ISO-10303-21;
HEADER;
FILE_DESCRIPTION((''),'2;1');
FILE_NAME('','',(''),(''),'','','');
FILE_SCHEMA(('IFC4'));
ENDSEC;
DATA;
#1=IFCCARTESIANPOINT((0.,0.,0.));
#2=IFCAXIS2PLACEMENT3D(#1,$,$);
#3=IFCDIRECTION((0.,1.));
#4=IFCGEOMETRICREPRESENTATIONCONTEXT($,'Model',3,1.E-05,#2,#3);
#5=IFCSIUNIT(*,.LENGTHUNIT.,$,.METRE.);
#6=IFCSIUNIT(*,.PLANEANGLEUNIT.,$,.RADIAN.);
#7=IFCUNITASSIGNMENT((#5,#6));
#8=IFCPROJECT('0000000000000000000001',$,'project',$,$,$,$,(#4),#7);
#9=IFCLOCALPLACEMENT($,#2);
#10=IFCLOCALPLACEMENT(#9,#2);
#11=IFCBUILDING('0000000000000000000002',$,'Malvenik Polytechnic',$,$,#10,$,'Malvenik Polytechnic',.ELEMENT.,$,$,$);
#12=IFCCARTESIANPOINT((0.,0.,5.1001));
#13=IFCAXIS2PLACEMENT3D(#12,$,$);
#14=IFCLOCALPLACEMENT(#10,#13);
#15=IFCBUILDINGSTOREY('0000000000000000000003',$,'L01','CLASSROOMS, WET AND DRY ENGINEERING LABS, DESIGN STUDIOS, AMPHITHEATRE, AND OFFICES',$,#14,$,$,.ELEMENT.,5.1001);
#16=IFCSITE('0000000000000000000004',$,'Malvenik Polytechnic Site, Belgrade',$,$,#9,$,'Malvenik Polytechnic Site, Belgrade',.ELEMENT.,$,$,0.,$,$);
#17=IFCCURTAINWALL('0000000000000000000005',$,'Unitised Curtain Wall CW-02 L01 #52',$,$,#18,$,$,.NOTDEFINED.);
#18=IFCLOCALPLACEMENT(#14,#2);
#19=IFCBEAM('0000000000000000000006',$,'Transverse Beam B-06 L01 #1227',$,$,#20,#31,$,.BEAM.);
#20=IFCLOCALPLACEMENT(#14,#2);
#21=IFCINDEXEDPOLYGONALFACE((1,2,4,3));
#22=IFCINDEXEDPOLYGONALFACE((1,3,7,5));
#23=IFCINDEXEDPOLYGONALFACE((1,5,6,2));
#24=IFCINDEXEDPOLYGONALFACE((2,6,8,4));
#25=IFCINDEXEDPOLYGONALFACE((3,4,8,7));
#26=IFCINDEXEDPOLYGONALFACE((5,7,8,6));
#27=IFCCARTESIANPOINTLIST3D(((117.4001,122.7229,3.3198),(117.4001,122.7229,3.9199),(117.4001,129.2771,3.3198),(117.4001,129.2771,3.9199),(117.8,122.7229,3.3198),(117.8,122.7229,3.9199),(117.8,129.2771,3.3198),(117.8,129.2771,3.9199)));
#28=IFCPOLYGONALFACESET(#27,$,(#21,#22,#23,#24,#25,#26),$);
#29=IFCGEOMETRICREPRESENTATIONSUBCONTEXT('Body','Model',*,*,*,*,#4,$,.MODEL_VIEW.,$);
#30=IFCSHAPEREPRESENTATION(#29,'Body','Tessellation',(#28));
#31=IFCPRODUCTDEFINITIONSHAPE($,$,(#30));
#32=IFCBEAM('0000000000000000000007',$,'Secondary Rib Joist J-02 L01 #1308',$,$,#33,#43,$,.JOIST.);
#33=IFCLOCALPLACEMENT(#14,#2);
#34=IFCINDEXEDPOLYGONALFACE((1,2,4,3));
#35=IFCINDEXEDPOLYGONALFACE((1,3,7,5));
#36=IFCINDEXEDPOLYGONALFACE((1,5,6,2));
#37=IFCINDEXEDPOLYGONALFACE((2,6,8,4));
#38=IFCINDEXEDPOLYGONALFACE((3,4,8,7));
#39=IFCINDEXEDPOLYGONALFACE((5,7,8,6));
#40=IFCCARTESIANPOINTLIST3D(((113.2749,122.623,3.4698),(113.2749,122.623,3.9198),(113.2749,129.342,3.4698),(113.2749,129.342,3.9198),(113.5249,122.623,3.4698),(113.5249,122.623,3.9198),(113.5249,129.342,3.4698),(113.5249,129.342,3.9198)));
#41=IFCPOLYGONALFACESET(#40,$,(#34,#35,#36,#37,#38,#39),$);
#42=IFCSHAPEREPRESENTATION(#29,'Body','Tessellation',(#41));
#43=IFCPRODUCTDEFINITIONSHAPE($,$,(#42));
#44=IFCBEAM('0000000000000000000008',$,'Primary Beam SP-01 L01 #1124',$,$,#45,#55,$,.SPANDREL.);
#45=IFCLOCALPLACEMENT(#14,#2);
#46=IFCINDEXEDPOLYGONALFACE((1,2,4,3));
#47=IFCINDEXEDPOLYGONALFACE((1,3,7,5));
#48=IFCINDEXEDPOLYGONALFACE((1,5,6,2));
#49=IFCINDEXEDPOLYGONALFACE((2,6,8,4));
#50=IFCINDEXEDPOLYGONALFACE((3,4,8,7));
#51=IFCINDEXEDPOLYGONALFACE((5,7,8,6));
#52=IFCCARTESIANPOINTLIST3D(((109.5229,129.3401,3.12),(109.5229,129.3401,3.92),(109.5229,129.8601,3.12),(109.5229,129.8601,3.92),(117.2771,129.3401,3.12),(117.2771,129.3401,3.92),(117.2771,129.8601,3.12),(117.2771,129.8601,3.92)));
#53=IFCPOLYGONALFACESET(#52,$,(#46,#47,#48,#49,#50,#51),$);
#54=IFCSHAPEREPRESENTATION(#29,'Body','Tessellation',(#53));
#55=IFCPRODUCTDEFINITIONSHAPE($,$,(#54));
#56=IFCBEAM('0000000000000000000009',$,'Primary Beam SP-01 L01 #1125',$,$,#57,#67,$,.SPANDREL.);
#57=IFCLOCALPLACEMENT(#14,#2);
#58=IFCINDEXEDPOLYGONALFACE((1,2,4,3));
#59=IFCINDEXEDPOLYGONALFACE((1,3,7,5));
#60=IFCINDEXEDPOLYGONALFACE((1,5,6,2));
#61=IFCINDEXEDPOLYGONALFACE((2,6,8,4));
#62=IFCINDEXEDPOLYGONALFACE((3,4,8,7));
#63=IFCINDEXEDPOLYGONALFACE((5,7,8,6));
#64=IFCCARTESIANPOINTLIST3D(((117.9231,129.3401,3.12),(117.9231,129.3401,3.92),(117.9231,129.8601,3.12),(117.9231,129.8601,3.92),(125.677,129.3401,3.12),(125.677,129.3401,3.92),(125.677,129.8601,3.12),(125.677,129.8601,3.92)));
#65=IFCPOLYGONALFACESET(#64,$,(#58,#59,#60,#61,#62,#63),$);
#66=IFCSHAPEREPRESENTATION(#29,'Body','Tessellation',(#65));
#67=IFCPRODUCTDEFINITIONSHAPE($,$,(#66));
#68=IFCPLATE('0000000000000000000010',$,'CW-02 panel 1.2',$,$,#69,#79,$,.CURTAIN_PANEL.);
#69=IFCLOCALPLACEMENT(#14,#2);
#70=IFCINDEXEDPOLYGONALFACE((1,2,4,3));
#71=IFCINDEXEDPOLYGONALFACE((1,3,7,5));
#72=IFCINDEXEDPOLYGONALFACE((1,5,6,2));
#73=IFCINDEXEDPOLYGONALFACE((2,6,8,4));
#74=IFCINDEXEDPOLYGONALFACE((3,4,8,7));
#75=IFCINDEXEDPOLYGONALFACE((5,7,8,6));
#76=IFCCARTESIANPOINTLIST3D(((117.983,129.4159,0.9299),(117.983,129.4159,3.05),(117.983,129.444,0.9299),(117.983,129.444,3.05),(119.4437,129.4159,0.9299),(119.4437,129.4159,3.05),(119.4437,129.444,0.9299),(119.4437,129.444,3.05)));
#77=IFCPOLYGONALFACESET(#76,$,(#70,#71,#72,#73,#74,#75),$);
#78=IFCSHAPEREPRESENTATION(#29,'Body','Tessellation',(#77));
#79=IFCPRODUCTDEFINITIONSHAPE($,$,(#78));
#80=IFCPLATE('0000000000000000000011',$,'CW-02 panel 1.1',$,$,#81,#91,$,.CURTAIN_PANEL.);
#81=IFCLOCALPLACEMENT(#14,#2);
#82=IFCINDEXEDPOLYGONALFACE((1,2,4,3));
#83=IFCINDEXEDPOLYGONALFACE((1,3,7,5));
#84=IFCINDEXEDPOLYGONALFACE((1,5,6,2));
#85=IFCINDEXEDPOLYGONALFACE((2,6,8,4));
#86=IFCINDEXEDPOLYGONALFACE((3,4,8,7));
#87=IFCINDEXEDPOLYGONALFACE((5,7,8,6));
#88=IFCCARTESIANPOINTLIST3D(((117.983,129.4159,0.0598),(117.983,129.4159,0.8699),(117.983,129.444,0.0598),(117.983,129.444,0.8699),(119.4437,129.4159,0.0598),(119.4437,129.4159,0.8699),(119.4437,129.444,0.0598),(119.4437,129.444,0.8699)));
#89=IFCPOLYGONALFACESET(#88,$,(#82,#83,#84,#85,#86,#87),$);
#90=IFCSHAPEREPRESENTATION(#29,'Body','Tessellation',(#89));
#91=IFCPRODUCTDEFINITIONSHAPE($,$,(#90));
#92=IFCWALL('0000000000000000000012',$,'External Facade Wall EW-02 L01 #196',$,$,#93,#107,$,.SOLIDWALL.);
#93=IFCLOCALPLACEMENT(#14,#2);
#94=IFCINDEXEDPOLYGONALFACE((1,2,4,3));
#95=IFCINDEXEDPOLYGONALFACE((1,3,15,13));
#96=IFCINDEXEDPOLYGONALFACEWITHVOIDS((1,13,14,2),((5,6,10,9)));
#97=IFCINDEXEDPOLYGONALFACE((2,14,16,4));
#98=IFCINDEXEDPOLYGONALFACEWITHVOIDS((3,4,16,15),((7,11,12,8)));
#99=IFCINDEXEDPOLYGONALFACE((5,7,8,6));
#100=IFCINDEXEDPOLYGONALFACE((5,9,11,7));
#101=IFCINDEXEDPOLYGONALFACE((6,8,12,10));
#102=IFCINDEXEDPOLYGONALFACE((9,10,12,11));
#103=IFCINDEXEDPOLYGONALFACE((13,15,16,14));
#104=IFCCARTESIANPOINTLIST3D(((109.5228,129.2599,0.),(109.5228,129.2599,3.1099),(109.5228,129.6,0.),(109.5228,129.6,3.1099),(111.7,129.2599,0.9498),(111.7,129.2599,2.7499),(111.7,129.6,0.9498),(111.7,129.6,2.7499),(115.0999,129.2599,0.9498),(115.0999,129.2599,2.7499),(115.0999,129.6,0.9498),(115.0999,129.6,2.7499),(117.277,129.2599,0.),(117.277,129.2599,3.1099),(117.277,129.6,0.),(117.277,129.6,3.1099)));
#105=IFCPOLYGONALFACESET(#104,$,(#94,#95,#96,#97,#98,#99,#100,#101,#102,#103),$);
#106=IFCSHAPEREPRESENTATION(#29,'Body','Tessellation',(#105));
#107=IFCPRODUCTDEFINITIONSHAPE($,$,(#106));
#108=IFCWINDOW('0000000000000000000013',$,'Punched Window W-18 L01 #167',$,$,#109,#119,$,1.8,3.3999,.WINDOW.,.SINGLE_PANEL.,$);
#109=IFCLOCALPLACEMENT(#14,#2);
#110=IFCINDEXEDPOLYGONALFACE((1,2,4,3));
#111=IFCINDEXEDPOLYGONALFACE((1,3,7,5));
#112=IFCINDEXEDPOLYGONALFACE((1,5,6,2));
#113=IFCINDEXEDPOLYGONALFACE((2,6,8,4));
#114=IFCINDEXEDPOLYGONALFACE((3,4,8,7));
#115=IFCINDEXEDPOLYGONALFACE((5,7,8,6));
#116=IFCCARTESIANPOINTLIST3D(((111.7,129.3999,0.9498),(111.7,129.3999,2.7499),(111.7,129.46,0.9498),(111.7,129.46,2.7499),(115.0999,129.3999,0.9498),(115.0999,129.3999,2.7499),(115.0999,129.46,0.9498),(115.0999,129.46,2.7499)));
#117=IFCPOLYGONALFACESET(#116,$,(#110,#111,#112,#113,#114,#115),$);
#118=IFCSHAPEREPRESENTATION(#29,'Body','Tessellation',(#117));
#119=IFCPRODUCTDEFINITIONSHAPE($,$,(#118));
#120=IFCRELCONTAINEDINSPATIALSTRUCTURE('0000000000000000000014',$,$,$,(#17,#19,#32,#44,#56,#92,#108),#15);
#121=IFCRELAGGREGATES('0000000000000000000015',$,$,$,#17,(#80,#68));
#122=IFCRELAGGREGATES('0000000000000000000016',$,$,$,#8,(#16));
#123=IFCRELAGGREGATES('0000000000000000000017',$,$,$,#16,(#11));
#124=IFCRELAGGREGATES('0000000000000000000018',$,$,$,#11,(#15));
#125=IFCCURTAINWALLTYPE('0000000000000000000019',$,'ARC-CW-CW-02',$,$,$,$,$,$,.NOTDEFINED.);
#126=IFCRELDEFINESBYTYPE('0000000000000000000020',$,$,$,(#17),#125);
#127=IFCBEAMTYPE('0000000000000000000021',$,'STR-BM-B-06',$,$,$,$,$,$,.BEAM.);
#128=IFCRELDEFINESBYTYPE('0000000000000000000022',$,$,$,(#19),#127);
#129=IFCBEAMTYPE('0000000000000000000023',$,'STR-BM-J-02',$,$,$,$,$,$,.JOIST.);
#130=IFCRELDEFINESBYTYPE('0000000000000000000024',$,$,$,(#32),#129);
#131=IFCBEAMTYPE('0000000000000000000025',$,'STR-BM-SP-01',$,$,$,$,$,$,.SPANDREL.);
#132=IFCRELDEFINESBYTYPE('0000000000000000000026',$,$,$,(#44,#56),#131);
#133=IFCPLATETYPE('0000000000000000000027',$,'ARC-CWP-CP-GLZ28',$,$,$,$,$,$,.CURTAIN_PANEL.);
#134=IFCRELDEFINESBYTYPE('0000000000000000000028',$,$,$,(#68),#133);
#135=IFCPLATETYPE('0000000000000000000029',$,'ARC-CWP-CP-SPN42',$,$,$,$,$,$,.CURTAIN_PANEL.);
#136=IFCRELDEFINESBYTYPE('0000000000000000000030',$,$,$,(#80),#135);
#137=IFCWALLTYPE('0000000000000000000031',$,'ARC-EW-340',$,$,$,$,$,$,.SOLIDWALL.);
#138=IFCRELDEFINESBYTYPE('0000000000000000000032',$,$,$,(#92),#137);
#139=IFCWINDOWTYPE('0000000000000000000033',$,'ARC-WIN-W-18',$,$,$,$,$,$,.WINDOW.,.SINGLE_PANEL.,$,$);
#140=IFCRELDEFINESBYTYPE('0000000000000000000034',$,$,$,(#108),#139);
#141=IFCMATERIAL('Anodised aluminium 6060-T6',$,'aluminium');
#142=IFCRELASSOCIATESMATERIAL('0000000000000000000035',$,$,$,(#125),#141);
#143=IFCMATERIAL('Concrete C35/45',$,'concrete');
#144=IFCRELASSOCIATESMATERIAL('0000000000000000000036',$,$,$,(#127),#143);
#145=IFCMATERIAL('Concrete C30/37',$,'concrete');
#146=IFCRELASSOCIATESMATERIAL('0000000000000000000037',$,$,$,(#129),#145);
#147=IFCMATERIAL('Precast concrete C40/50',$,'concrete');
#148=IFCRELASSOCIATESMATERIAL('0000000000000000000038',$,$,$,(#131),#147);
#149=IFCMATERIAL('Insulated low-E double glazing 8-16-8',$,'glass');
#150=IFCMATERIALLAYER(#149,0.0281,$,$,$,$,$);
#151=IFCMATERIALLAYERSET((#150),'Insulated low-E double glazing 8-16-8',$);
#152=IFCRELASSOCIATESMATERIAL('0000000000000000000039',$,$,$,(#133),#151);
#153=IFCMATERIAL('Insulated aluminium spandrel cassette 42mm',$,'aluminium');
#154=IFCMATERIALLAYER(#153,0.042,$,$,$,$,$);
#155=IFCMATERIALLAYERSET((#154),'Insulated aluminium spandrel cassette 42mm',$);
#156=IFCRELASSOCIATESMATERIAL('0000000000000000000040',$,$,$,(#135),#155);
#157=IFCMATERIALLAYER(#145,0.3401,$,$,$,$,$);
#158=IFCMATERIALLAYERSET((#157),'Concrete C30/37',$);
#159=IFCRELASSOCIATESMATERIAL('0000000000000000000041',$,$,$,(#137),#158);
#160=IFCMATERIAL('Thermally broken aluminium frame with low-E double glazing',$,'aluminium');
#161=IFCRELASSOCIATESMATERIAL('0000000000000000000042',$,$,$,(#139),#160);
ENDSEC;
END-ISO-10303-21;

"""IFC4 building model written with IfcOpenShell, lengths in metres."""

from ifc_helpers import new_model, si_unit, direction, frame, frame_2d, origin, origin_2d, place, context, subcontext, project, spatial, rectangle, extrude, material, layer, layer_set, material_profile, profile_set, type_object, element, fill, aggregate, save


model = new_model("IFC4")

# Units and contexts
model_context = context("Model", 3, precision=1e-05, world=origin(), true_north=direction((0.0, 1.0)))
body_context = subcontext(model_context, "Body", "Model", "MODEL_VIEW")
ifc_project = project(units=[si_unit("LENGTHUNIT", "METRE"), si_unit("PLANEANGLEUNIT", "RADIAN")], contexts=[model_context])

# Site, building, storey
site_placement = place(None, origin())
site = spatial("IfcSite", under=ifc_project, at=site_placement, Name="Malvenik Polytechnic Site, Belgrade", LongName="Malvenik Polytechnic Site, Belgrade", CompositionType="ELEMENT", RefElevation=0.0)
building_placement = place(site_placement, origin())
building = spatial("IfcBuilding", under=site, at=building_placement, Name="Malvenik Polytechnic", LongName="Malvenik Polytechnic", CompositionType="ELEMENT")
storey_placement = place(building_placement, frame((0.0, 0.0, 5.1001)))
storey = spatial("IfcBuildingStorey", under=building, at=storey_placement, Name="L01", Description="CLASSROOMS, WET AND DRY ENGINEERING LABS, DESIGN STUDIOS, AMPHITHEATRE, AND OFFICES", CompositionType="ELEMENT", Elevation=5.1001)

# Shared definitions
ifc_material_1 = material(Name="Concrete C35/45", Category="concrete")

# Curtain wall
ifc_material_2 = material(Name="Anodised aluminium 6060-T6", Category="aluminium")
curtain_wall_type = type_object("IfcCurtainWallType", Name="ARC-CW-CW-02", PredefinedType="NOTDEFINED", material=ifc_material_2)
curtain_wall_1_placement = place(storey_placement, origin())
curtain_wall_1 = element("IfcCurtainWall", 1, at=curtain_wall_1_placement, inside=storey, type_object=curtain_wall_type, Name="Unitised Curtain Wall CW-02 L01 #52", PredefinedType="NOTDEFINED")

# Beams
ifc_material_profile_1 = material_profile(ifc_material_1, rectangle(XDim=0.3999, YDim=0.6001, at=origin_2d()), Name="RC BM 400x600")
ifc_profile_set_1 = profile_set([ifc_material_profile_1], Name="Concrete C35/45")
beam_type_1 = type_object("IfcBeamType", Name="STR-BM-B-06", PredefinedType="BEAM", material=ifc_profile_set_1)
for number, where, z_axis, x_axis, name in (
    (2, (117.6001, 122.7229, 3.6199), (0.0, 1.0, 0.0), (-1.0, 0.0, 0.0), "Transverse Beam B-06 L01 #1227"),
):
    element("IfcBeam", number, at=place(storey_placement, frame(where, z_axis=z_axis, x_axis=x_axis)), inside=storey, type_object=beam_type_1, Name=name, PredefinedType="BEAM", context=body_context, shape_type="SweptSolid", body=[
        extrude(rectangle(XDim=0.3999, YDim=0.6001, at=origin_2d()), origin(), (0.0, 0.0, 1.0), 6.5542),
    ])
ifc_material_3 = material(Name="Concrete C30/37", Category="concrete")
ifc_material_profile_2 = material_profile(ifc_material_3, rectangle(XDim=0.25, YDim=0.45, at=origin_2d()), Name="RC JST 250x450")
ifc_profile_set_2 = profile_set([ifc_material_profile_2], Name="Concrete C30/37")
beam_type_2 = type_object("IfcBeamType", Name="STR-BM-J-02", PredefinedType="JOIST", material=ifc_profile_set_2)
beam_1_placement = place(storey_placement, frame((113.3999, 122.623, 3.6948), z_axis=(0.0, 1.0, 0.0), x_axis=(-1.0, 0.0, 0.0)))
element("IfcBeam", 3, at=beam_1_placement, inside=storey, type_object=beam_type_2, Name="Secondary Rib Joist J-02 L01 #1308", PredefinedType="JOIST", context=body_context, shape_type="SweptSolid", body=[
    extrude(rectangle(XDim=0.25, YDim=0.45, at=origin_2d()), origin(), (0.0, 0.0, 1.0), 6.719),
])
ifc_material_4 = material(Name="Precast concrete C40/50", Category="concrete")
ifc_material_profile_3 = material_profile(ifc_material_4, rectangle(XDim=0.52, YDim=0.8, at=origin_2d()), Name="PC SPN 520x800")
ifc_profile_set_3 = profile_set([ifc_material_profile_3], Name="Precast concrete C40/50")
beam_type_3 = type_object("IfcBeamType", Name="STR-BM-SP-01", PredefinedType="SPANDREL", material=ifc_profile_set_3)
beam_2_placement = place(storey_placement, frame((109.5229, 129.6001, 3.52), z_axis=(1.0, 0.0, 0.0), x_axis=(0.0, 1.0, 0.0)))
element("IfcBeam", 4, at=beam_2_placement, inside=storey, type_object=beam_type_3, Name="Primary Beam SP-01 L01 #1124", PredefinedType="SPANDREL", context=body_context, shape_type="SweptSolid", body=[
    extrude(rectangle(XDim=0.52, YDim=0.8, at=origin_2d()), origin(), (0.0, 0.0, 1.0), 7.7542),
])
beam_3_placement = place(storey_placement, frame((117.9231, 129.6001, 3.52), z_axis=(1.0, 0.0, 0.0), x_axis=(0.0, 1.0, 0.0)))
element("IfcBeam", 5, at=beam_3_placement, inside=storey, type_object=beam_type_3, Name="Primary Beam SP-01 L01 #1125", PredefinedType="SPANDREL", context=body_context, shape_type="SweptSolid", body=[
    extrude(rectangle(XDim=0.52, YDim=0.8, at=origin_2d()), origin(), (0.0, 0.0, 1.0), 7.7539),
])

# Plates
ifc_material_5 = material(Name="Insulated low-E double glazing 8-16-8", Category="glass")
ifc_layer_1 = layer(ifc_material_5, 0.0281)
ifc_layer_set_1 = layer_set([ifc_layer_1], Name="Insulated low-E double glazing 8-16-8")
plate_type_1 = type_object("IfcPlateType", Name="ARC-CWP-CP-GLZ28", PredefinedType="CURTAIN_PANEL", material=ifc_layer_set_1)
plate_1_placement = place(storey_placement, frame((118.7134, 129.4299, 0.9299), z_axis=(0.0, 0.0, 1.0), x_axis=(1.0, 0.0, 0.0)))
plate_1 = element("IfcPlate", 6, at=plate_1_placement, type_object=plate_type_1, Name="CW-02 panel 1.2", PredefinedType="CURTAIN_PANEL", context=body_context, shape_type="SweptSolid", body=[
    extrude(rectangle(XDim=1.4607, YDim=0.0281, at=origin_2d()), origin(), (0.0, 0.0, 1.0), 2.1201),
])
ifc_material_6 = material(Name="Insulated aluminium spandrel cassette 42mm", Category="aluminium")
ifc_layer_2 = layer(ifc_material_6, 0.042)
ifc_layer_set_2 = layer_set([ifc_layer_2], Name="Insulated aluminium spandrel cassette 42mm")
plate_type_2 = type_object("IfcPlateType", Name="ARC-CWP-CP-SPN42", PredefinedType="CURTAIN_PANEL", material=ifc_layer_set_2)
plate_2_placement = place(storey_placement, frame((118.7134, 129.4299, 0.0598), z_axis=(0.0, 0.0, 1.0), x_axis=(1.0, 0.0, 0.0)))
plate_2 = element("IfcPlate", 7, at=plate_2_placement, type_object=plate_type_2, Name="CW-02 panel 1.1", PredefinedType="CURTAIN_PANEL", context=body_context, shape_type="SweptSolid", body=[
    extrude(rectangle(XDim=1.4607, YDim=0.0281, at=origin_2d()), origin(), (0.0, 0.0, 1.0), 0.8101),
])
aggregate(curtain_wall_1, [plate_2, plate_1])

# Wall, opening, window
ifc_layer_3 = layer(ifc_material_3, 0.3401)
ifc_layer_set_3 = layer_set([ifc_layer_3], Name="Concrete C30/37")
wall_type = type_object("IfcWallType", Name="ARC-EW-340", PredefinedType="SOLIDWALL", material=ifc_layer_set_3)
wall_placement = place(storey_placement, frame((109.5229, 129.4299, 0.0), z_axis=(0.0, 0.0, 1.0), x_axis=(1.0, 0.0, 0.0)))
wall = element("IfcWall", 8, at=wall_placement, inside=storey, type_object=wall_type, Name="External Facade Wall EW-02 L01 #196", PredefinedType="SOLIDWALL", context=body_context, shape_type="SweptSolid", body=[
    extrude(rectangle(XDim=7.7542, YDim=0.3401, at=frame_2d((3.877, 0.0))), origin(), (0.0, 0.0, 1.0), 3.1099),
])
opening_placement = place(wall_placement, frame((2.177, 0.0, 0.95)))
opening = element("IfcOpeningElement", 9, at=opening_placement, cuts=wall, PredefinedType="OPENING", context=body_context, shape_type="SweptSolid", body=[
    extrude(rectangle(XDim=3.3999, YDim=1.8, at=frame_2d((1.7, 0.8999))), frame((0.0, 0.1802, 0.0), z_axis=(0.0, -1.0, 0.0), x_axis=(1.0, 0.0, 0.0)), (0.0, 0.0, 1.0), 0.3601),
])
ifc_material_7 = material(Name="Thermally broken aluminium frame with low-E double glazing", Category="aluminium")
window_type = type_object("IfcWindowType", Name="ARC-WIN-W-18", PartitioningType="SINGLE_PANEL", PredefinedType="WINDOW", material=ifc_material_7)
window_placement = place(opening_placement, origin())
window = element("IfcWindow", 10, at=window_placement, inside=storey, type_object=window_type, Name="Punched Window W-18 L01 #167", OverallHeight=1.8, OverallWidth=3.3999, PartitioningType="SINGLE_PANEL", PredefinedType="WINDOW", context=body_context, shape_type="SweptSolid", body=[
    extrude(rectangle(XDim=3.3999, YDim=1.8, at=frame_2d((1.7, 0.8999))), frame((0.0, 0.03, 0.0), z_axis=(0.0, -1.0, 0.0), x_axis=(1.0, 0.0, 0.0)), (0.0, 0.0, 1.0), 0.0601),
])
fill(opening, window)

save(model, "model.ifc")
